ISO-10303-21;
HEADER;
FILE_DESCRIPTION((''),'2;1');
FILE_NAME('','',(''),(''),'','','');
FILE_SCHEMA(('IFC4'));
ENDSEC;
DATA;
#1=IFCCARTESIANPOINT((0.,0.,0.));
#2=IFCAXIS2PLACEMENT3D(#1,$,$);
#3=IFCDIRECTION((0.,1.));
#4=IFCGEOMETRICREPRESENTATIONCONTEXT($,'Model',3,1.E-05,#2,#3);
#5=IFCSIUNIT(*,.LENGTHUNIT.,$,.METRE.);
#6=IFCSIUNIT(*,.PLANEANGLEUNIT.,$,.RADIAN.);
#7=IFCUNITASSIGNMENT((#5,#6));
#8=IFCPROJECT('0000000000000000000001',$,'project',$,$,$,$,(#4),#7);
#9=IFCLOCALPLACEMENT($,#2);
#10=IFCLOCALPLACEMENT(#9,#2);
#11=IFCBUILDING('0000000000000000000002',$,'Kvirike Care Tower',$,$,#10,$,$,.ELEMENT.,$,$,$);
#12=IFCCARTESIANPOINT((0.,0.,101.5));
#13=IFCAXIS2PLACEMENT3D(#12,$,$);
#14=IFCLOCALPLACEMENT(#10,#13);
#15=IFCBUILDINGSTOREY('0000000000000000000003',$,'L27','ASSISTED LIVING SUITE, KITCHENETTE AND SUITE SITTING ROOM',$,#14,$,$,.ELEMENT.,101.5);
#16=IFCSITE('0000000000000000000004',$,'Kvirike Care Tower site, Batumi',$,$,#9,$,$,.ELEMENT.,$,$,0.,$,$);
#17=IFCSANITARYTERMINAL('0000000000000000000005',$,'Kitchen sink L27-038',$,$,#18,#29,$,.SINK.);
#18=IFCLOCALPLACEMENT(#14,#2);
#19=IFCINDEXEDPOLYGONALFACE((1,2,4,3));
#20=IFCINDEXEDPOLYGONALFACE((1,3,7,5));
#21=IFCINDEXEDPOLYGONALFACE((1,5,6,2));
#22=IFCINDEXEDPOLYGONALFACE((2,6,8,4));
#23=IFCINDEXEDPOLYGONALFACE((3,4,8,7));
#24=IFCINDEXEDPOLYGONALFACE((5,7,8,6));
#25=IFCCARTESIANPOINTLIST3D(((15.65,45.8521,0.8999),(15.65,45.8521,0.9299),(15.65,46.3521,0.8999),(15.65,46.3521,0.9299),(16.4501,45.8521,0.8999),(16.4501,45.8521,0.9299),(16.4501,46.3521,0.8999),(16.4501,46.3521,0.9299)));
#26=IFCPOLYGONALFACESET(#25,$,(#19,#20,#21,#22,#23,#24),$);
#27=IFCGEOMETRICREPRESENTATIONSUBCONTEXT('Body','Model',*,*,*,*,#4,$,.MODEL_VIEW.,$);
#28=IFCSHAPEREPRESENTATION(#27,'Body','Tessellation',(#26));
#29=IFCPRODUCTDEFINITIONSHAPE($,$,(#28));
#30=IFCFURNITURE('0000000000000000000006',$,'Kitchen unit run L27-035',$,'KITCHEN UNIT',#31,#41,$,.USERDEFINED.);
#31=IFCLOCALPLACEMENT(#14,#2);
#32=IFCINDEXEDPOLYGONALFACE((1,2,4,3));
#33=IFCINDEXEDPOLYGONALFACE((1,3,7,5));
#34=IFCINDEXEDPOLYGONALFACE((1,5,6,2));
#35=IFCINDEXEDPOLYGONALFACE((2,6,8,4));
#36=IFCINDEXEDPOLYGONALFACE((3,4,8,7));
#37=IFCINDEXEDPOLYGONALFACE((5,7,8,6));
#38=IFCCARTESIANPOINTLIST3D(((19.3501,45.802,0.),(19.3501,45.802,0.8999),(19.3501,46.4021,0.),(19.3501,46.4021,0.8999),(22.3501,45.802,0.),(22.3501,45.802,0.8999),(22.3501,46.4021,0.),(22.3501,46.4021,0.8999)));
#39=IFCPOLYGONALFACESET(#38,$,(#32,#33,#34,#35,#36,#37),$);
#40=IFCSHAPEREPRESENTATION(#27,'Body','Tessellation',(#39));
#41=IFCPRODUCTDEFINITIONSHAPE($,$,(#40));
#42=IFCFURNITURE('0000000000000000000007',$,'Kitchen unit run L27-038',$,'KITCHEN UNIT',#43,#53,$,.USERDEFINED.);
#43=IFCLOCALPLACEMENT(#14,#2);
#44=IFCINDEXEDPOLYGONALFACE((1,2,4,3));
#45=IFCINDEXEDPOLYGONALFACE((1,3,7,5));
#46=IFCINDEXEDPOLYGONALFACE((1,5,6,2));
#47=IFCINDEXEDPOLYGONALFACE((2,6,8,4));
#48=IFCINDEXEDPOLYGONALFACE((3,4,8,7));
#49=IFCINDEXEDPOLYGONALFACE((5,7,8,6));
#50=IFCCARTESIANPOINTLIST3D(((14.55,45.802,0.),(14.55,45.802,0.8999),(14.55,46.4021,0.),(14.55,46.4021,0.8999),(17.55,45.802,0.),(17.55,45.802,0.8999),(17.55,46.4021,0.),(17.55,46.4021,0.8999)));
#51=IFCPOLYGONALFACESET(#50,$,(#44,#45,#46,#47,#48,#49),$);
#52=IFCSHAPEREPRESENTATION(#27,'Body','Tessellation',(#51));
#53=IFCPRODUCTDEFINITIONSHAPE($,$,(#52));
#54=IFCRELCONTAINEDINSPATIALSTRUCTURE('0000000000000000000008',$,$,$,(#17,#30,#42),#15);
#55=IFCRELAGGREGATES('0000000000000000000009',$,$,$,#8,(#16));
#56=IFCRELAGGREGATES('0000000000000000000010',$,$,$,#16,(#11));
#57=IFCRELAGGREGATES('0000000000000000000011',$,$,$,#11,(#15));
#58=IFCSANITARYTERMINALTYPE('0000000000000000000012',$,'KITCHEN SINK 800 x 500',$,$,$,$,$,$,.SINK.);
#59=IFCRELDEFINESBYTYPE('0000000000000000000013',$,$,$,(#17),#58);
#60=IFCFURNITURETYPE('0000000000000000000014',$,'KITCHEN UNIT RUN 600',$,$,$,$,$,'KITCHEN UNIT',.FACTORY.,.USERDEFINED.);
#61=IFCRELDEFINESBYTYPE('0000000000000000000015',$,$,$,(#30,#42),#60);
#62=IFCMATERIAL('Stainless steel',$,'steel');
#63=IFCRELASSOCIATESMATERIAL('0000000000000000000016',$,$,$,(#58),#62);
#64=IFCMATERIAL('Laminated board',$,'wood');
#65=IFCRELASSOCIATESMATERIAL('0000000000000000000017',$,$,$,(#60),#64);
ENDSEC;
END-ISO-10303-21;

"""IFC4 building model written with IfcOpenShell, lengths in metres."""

from ifc_helpers import new_model, si_unit, direction, frame, origin, origin_2d, place, context, subcontext, project, spatial, rectangle, extrude, material, type_object, element, save


model = new_model("IFC4")

# Units and contexts
model_context = context("Model", 3, precision=1e-05, world=origin(), true_north=direction((0.0, 1.0)))
body_context = subcontext(model_context, "Body", "Model", "MODEL_VIEW")
ifc_project = project(units=[si_unit("LENGTHUNIT", "METRE"), si_unit("PLANEANGLEUNIT", "RADIAN")], contexts=[model_context])

# Site, building, storey
site_placement = place(None, origin())
site = spatial("IfcSite", under=ifc_project, at=site_placement, Name="Kvirike Care Tower site, Batumi", CompositionType="ELEMENT", RefElevation=0.0)
building_placement = place(site_placement, origin())
building = spatial("IfcBuilding", under=site, at=building_placement, Name="Kvirike Care Tower", CompositionType="ELEMENT")
storey_placement = place(building_placement, frame((0.0, 0.0, 101.5)))
storey = spatial("IfcBuildingStorey", under=building, at=storey_placement, Name="L27", Description="ASSISTED LIVING SUITE, KITCHENETTE AND SUITE SITTING ROOM", CompositionType="ELEMENT", Elevation=101.5)

# Sanitary terminal
ifc_material_1 = material(Name="Stainless steel", Category="steel")
sanitary_terminal_type = type_object("IfcSanitaryTerminalType", Name="KITCHEN SINK 800 x 500", PredefinedType="SINK", material=ifc_material_1)
sanitary_terminal_placement = place(storey_placement, frame((16.05, 46.1021, 0.8999), z_axis=(0.0, 0.0, 1.0), x_axis=(-1.0, 0.0, 0.0)))
element("IfcSanitaryTerminal", 1, at=sanitary_terminal_placement, inside=storey, type_object=sanitary_terminal_type, Name="Kitchen sink L27-038", PredefinedType="SINK", context=body_context, shape_type="SweptSolid", body=[
    extrude(rectangle(XDim=0.8, YDim=0.5, at=origin_2d()), origin(), (0.0, 0.0, 1.0), 0.03),
])

# Furniture
ifc_material_2 = material(Name="Laminated board", Category="wood")
furniture_type = type_object("IfcFurnitureType", Name="KITCHEN UNIT RUN 600", ElementType="KITCHEN UNIT", AssemblyPlace="FACTORY", PredefinedType="USERDEFINED", material=ifc_material_2)
for number, where, z_axis, x_axis, name in (
    (2, (20.8501, 46.1021, 0.0), (0.0, 0.0, 1.0), (-1.0, 0.0, 0.0), "Kitchen unit run L27-035"),
    (3, (16.05, 46.1021, 0.0), (0.0, 0.0, 1.0), (-1.0, 0.0, 0.0), "Kitchen unit run L27-038"),
):
    element("IfcFurniture", number, at=place(storey_placement, frame(where, z_axis=z_axis, x_axis=x_axis)), inside=storey, type_object=furniture_type, Name=name, ObjectType="KITCHEN UNIT", PredefinedType="USERDEFINED", context=body_context, shape_type="SweptSolid", body=[
        extrude(rectangle(XDim=3.0, YDim=0.6001, at=origin_2d()), origin(), (0.0, 0.0, 1.0), 0.8999),
    ])

save(model, "model.ifc")
